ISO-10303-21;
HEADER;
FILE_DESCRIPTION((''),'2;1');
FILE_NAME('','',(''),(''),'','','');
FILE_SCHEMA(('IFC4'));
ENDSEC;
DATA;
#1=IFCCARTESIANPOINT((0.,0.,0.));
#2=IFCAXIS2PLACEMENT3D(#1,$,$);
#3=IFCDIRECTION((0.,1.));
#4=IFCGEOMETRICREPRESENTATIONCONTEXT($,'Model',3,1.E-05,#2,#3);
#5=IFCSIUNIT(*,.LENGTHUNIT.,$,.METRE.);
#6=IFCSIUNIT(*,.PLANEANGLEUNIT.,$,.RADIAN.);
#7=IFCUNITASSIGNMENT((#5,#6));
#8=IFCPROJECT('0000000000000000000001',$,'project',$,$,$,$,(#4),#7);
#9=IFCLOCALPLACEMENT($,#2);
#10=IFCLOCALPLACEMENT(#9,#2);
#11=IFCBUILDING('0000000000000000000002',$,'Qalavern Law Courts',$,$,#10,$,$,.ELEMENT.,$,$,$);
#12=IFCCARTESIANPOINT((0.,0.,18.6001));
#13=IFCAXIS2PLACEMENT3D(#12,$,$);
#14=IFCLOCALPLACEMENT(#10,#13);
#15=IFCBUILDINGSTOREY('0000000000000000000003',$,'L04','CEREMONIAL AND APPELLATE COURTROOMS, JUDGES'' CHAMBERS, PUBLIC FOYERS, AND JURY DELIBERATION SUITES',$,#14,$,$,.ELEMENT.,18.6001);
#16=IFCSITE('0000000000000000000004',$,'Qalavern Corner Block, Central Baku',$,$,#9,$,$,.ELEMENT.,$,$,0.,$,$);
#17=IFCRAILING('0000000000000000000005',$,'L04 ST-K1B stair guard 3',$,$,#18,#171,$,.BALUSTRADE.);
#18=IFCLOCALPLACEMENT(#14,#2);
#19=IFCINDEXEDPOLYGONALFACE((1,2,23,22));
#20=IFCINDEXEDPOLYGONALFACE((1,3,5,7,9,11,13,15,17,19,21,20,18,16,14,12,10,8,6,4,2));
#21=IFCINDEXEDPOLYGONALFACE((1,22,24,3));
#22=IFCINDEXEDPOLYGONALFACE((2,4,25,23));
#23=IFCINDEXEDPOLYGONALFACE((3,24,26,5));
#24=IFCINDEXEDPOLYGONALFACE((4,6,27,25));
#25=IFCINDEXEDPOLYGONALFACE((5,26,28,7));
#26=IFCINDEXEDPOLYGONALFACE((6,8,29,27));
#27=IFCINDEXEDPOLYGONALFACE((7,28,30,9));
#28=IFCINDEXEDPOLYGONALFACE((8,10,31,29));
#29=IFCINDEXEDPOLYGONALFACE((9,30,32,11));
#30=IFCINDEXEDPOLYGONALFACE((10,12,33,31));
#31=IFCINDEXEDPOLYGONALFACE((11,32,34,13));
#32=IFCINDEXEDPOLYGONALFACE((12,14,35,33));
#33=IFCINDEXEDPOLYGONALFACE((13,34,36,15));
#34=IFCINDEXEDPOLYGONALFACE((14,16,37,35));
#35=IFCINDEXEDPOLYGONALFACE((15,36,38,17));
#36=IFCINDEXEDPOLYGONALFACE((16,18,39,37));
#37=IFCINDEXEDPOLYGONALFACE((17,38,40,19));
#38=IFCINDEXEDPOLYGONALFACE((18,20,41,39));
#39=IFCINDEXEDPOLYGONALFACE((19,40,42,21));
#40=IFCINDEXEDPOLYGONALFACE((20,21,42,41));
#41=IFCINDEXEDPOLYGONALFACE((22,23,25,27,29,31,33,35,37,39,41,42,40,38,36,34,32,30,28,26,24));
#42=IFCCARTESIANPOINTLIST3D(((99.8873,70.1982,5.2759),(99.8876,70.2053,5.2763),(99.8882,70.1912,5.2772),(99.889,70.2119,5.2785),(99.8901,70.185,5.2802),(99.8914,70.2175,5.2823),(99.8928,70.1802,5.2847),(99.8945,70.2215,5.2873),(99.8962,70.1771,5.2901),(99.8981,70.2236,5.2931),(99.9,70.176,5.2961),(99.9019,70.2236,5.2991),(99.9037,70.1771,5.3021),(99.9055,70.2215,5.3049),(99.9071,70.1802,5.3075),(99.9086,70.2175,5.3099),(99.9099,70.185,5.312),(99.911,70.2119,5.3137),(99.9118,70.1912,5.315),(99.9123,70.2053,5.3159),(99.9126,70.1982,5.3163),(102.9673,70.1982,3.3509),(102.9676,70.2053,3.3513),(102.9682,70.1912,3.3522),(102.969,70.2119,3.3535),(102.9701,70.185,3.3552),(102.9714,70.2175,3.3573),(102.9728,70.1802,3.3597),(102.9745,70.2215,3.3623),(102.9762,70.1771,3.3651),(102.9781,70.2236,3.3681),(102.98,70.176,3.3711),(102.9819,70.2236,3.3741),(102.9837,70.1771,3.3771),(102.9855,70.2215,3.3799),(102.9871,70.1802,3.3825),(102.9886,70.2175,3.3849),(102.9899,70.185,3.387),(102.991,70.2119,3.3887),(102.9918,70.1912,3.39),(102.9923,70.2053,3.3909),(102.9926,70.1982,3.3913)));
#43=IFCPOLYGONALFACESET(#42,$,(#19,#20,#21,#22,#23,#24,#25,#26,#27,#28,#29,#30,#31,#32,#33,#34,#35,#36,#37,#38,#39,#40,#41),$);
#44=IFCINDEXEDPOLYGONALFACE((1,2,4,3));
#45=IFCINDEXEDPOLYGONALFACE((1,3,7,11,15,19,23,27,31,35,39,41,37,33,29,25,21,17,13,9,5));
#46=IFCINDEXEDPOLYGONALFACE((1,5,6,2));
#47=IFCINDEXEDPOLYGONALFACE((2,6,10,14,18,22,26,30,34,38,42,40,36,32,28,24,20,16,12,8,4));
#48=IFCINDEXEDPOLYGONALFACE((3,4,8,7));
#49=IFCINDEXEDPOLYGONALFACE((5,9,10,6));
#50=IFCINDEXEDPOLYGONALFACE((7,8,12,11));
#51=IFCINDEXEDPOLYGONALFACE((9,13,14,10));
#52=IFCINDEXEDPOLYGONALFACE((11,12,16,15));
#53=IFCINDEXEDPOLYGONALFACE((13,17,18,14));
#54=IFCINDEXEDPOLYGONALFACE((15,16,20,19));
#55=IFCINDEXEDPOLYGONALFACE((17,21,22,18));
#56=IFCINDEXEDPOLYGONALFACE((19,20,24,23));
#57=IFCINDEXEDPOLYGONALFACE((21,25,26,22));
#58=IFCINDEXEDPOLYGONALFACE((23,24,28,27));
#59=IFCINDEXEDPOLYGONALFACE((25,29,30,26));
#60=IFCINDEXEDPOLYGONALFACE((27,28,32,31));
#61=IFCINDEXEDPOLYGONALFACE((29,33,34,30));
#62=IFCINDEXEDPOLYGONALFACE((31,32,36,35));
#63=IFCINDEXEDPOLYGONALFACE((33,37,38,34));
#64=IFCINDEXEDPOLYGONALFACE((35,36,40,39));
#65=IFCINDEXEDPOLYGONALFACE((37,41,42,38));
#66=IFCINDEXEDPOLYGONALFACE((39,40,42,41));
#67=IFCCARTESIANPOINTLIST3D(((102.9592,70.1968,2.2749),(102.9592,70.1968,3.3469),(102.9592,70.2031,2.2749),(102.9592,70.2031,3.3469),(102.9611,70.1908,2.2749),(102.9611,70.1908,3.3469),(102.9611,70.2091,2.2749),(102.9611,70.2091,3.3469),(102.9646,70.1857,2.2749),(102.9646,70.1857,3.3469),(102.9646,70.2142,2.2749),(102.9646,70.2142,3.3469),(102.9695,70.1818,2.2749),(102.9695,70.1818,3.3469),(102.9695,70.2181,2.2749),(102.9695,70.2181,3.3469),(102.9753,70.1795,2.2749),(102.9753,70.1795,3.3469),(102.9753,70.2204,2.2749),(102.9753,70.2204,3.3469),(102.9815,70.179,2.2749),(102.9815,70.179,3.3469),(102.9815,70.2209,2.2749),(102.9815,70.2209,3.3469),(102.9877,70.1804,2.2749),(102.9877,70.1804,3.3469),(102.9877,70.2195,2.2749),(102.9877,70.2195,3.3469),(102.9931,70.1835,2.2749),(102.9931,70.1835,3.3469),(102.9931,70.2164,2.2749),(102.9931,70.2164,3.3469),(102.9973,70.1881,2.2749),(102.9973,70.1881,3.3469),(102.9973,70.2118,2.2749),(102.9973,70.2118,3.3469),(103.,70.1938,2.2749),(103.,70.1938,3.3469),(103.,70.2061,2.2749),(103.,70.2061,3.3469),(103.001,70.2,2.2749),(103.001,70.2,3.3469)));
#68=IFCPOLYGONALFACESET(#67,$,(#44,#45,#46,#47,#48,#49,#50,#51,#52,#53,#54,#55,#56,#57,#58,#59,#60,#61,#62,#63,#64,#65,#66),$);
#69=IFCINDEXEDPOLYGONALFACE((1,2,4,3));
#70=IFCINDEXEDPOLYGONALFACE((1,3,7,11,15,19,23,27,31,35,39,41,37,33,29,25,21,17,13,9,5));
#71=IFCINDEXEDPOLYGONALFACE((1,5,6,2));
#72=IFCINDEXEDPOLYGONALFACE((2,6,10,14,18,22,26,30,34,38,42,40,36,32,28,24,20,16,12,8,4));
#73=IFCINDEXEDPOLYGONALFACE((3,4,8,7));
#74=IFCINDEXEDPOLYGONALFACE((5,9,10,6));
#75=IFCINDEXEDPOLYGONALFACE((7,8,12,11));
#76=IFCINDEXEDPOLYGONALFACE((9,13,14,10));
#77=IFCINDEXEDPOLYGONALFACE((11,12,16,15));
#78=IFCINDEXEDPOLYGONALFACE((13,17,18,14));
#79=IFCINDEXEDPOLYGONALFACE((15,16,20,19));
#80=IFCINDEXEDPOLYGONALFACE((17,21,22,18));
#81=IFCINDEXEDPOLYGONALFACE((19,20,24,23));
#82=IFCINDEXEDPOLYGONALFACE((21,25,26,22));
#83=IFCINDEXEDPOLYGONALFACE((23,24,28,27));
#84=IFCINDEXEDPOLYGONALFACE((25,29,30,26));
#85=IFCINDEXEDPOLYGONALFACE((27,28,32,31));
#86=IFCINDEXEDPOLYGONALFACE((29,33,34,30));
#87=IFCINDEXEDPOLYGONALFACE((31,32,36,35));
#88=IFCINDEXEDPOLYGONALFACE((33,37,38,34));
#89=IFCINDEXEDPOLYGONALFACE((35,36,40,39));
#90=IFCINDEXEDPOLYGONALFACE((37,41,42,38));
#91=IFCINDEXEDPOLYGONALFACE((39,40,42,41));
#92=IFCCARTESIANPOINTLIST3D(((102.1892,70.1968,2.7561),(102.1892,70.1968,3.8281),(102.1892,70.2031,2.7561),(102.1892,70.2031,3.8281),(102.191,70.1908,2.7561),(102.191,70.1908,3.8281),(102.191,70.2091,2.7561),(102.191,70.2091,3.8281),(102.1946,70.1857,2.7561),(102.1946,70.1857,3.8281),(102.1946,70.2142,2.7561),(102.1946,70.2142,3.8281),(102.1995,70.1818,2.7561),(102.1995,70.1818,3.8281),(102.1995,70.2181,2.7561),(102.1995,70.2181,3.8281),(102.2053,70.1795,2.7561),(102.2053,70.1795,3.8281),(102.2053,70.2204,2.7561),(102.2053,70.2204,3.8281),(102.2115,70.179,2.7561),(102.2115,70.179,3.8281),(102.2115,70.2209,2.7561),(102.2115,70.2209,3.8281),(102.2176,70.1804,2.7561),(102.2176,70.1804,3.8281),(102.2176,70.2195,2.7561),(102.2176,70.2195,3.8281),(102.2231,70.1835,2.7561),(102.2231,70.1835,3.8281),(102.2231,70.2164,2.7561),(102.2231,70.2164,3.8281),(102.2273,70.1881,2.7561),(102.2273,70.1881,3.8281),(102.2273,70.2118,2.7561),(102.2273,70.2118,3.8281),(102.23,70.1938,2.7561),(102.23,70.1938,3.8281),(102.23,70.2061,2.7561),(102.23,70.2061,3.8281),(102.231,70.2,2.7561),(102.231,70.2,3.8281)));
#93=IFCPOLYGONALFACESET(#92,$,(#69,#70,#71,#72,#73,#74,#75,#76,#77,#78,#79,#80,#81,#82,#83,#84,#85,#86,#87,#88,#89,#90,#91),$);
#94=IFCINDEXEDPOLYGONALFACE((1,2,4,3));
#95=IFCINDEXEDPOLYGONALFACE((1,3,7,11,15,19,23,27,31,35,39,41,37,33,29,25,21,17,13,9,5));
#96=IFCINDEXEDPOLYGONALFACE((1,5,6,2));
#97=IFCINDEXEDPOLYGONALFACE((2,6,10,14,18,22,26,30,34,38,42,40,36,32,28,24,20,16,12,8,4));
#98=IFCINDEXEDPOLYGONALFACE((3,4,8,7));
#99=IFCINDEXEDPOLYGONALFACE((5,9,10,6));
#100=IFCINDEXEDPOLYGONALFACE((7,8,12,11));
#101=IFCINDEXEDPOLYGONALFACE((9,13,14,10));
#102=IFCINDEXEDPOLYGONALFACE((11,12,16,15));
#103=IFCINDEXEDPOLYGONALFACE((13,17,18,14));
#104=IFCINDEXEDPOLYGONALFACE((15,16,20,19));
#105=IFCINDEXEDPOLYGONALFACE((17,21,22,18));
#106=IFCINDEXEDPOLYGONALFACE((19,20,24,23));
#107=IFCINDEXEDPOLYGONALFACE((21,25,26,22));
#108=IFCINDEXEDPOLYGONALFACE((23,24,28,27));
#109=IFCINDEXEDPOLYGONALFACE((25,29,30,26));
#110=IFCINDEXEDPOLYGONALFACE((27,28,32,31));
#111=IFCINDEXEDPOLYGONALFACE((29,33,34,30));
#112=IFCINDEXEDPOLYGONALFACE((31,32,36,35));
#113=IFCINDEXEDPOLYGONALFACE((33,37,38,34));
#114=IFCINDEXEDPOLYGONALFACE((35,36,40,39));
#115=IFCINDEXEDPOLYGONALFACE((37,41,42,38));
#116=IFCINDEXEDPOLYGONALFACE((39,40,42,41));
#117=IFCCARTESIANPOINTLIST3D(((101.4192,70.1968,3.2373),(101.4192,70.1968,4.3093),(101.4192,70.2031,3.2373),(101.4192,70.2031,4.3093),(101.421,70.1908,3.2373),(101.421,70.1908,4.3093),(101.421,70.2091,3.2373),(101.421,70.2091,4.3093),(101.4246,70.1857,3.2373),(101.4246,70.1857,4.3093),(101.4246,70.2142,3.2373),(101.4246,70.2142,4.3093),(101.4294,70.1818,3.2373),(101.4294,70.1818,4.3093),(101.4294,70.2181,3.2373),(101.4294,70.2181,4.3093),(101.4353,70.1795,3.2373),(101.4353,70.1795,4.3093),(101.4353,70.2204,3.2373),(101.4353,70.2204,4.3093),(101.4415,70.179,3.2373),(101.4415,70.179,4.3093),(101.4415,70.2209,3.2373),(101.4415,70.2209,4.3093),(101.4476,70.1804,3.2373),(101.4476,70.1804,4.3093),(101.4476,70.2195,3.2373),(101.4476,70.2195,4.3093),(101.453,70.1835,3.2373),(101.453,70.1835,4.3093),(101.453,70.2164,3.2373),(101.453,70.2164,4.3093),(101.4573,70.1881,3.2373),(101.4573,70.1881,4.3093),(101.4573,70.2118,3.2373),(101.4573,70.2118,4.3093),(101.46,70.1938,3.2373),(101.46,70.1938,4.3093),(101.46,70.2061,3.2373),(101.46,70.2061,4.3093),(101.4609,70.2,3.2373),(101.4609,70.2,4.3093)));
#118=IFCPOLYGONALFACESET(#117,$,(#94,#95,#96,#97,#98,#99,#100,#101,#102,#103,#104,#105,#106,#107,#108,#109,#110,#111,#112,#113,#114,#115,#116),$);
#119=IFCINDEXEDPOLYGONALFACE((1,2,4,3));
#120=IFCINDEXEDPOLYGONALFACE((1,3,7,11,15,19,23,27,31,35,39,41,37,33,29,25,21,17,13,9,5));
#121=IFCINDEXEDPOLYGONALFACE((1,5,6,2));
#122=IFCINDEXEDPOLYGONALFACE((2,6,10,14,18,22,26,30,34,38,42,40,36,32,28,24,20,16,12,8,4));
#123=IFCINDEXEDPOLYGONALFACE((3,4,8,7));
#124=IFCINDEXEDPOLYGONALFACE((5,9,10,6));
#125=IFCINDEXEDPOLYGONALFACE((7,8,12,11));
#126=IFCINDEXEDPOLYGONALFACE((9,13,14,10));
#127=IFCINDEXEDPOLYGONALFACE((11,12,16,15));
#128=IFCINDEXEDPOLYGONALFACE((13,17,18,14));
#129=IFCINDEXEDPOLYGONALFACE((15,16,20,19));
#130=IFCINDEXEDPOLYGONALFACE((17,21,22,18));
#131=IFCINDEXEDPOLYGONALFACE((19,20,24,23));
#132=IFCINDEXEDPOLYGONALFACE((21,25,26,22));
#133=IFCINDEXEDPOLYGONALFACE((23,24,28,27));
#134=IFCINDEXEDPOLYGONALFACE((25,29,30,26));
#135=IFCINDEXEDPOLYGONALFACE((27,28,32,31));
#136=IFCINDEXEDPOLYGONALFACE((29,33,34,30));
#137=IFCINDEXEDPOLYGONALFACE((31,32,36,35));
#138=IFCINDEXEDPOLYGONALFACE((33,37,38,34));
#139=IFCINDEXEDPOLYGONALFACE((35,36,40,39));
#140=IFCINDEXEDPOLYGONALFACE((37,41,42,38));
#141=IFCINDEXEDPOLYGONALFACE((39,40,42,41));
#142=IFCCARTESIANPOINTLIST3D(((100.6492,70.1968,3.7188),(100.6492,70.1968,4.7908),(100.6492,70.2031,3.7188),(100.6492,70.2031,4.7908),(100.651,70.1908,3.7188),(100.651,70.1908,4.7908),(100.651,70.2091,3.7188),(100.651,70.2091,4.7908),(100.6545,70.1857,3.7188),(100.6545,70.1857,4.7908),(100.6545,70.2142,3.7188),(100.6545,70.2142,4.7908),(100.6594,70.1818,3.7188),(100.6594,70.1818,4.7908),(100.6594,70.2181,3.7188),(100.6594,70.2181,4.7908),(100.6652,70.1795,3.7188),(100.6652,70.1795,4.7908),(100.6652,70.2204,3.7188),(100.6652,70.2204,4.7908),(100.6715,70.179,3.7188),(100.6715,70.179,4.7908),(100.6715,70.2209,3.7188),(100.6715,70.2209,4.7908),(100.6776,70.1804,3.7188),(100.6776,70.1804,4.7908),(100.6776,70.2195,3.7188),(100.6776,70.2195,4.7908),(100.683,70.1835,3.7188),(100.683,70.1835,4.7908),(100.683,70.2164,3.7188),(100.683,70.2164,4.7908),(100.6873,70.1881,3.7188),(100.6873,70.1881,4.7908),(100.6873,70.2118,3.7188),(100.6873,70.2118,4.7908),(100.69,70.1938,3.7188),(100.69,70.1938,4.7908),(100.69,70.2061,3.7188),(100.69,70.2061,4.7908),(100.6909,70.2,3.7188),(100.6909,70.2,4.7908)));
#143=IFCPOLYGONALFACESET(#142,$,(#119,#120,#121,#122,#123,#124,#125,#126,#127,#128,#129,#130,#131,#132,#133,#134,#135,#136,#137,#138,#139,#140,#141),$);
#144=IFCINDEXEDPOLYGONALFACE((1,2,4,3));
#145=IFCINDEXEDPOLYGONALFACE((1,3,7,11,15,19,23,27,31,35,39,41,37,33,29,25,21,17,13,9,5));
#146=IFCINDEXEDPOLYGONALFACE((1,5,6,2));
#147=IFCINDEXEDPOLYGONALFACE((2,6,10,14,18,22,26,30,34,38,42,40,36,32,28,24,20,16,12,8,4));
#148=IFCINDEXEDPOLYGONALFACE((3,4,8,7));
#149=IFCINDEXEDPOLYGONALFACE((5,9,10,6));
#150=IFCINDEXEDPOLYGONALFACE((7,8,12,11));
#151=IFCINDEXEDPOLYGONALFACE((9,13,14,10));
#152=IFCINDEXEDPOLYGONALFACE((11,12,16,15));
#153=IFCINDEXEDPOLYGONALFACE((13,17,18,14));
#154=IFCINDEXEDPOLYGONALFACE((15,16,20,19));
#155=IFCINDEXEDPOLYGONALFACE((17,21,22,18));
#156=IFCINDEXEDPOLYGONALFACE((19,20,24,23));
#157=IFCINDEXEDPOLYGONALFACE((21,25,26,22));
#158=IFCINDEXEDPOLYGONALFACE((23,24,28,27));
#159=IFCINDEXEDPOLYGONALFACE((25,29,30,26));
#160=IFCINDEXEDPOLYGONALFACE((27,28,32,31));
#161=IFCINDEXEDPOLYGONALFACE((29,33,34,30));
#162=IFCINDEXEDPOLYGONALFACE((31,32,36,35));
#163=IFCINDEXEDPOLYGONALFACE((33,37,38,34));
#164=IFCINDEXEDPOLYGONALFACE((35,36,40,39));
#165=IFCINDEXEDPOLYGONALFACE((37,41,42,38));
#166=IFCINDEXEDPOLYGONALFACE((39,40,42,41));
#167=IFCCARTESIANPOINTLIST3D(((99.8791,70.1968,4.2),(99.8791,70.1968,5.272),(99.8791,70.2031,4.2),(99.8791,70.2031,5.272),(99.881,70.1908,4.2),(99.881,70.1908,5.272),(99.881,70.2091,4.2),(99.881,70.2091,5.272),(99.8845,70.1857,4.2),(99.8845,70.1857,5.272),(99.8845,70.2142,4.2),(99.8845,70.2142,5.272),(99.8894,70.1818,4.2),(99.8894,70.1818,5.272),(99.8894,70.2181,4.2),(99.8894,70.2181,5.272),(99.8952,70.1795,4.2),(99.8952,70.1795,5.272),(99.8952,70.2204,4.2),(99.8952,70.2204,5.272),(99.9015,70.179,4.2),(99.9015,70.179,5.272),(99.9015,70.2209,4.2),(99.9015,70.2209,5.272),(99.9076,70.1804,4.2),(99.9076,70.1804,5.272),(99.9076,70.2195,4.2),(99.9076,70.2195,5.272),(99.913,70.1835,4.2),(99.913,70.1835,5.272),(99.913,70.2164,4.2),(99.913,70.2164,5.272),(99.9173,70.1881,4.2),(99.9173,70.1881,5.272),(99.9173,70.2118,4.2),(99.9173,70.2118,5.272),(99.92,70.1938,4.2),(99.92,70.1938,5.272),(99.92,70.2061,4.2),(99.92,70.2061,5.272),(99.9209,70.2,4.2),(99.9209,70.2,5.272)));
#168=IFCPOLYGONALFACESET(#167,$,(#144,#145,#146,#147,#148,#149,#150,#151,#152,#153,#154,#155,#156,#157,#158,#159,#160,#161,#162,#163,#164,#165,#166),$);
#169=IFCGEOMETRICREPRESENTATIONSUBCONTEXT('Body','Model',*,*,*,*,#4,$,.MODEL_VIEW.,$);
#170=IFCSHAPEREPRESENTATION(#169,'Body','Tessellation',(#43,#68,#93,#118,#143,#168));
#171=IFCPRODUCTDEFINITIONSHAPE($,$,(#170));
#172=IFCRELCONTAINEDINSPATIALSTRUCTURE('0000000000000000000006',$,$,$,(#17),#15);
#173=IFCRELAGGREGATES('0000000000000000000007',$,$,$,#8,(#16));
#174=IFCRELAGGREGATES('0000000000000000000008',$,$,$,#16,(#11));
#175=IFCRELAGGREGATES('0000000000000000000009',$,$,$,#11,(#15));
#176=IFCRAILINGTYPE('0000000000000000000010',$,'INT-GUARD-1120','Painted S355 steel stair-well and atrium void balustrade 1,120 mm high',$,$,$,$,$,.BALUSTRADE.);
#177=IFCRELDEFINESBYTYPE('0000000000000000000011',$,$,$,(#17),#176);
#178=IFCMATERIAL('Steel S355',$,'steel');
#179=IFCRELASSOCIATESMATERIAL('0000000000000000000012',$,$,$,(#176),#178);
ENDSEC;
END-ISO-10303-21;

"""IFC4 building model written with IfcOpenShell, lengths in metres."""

from ifc_helpers import new_model, si_unit, direction, frame, origin, origin_2d, place, context, subcontext, project, spatial, circle, extrude, material, type_object, element, save


model = new_model("IFC4")

# Units and contexts
model_context = context("Model", 3, precision=1e-05, world=origin(), true_north=direction((0.0, 1.0)))
body_context = subcontext(model_context, "Body", "Model", "MODEL_VIEW")
ifc_project = project(units=[si_unit("LENGTHUNIT", "METRE"), si_unit("PLANEANGLEUNIT", "RADIAN")], contexts=[model_context])

# Site, building, storey
site_placement = place(None, origin())
site = spatial("IfcSite", under=ifc_project, at=site_placement, Name="Qalavern Corner Block, Central Baku", CompositionType="ELEMENT", RefElevation=0.0)
building_placement = place(site_placement, origin())
building = spatial("IfcBuilding", under=site, at=building_placement, Name="Qalavern Law Courts", CompositionType="ELEMENT")
storey_placement = place(building_placement, frame((0.0, 0.0, 18.6001)))
storey = spatial("IfcBuildingStorey", under=building, at=storey_placement, Name="L04", Description="CEREMONIAL AND APPELLATE COURTROOMS, JUDGES' CHAMBERS, PUBLIC FOYERS, AND JURY DELIBERATION SUITES", CompositionType="ELEMENT", Elevation=18.6001)

# Shared definitions
ifc_material_1 = material(Name="Steel S355", Category="steel")

# Railing
railing_type_1 = type_object("IfcRailingType", Name="INT-GUARD-1120", Description="Painted S355 steel stair-well and atrium void balustrade 1,120 mm high", PredefinedType="BALUSTRADE", material=ifc_material_1)
railing_1_placement = place(storey_placement, frame((102.98, 70.2, 2.2749)))
element("IfcRailing", 1, at=railing_1_placement, inside=storey, type_object=railing_type_1, Name="L04 ST-K1B stair guard 3", PredefinedType="BALUSTRADE", context=body_context, shape_type="SweptSolid", body=[
    extrude(circle(Radius=0.0239, at=origin_2d()), frame((0.0, 0.0, 1.0962), z_axis=(-0.847998, 0.0, 0.529999), x_axis=(0.0, -1.0, 0.0)), (0.0, 0.0, 1.0), 3.6321),
    extrude(circle(Radius=0.021, at=origin_2d()), origin(), (0.0, 0.0, 1.0), 1.072),
    extrude(circle(Radius=0.021, at=origin_2d()), frame((-0.77, 0.0, 0.4812)), (0.0, 0.0, 1.0), 1.072),
    extrude(circle(Radius=0.021, at=origin_2d()), frame((-1.54, 0.0, 0.9624)), (0.0, 0.0, 1.0), 1.072),
    extrude(circle(Radius=0.021, at=origin_2d()), frame((-2.3101, 0.0, 1.4438)), (0.0, 0.0, 1.0), 1.072),
    extrude(circle(Radius=0.021, at=origin_2d()), frame((-3.0801, 0.0, 1.925)), (0.0, 0.0, 1.0), 1.072),
])

save(model, "model.ifc")
